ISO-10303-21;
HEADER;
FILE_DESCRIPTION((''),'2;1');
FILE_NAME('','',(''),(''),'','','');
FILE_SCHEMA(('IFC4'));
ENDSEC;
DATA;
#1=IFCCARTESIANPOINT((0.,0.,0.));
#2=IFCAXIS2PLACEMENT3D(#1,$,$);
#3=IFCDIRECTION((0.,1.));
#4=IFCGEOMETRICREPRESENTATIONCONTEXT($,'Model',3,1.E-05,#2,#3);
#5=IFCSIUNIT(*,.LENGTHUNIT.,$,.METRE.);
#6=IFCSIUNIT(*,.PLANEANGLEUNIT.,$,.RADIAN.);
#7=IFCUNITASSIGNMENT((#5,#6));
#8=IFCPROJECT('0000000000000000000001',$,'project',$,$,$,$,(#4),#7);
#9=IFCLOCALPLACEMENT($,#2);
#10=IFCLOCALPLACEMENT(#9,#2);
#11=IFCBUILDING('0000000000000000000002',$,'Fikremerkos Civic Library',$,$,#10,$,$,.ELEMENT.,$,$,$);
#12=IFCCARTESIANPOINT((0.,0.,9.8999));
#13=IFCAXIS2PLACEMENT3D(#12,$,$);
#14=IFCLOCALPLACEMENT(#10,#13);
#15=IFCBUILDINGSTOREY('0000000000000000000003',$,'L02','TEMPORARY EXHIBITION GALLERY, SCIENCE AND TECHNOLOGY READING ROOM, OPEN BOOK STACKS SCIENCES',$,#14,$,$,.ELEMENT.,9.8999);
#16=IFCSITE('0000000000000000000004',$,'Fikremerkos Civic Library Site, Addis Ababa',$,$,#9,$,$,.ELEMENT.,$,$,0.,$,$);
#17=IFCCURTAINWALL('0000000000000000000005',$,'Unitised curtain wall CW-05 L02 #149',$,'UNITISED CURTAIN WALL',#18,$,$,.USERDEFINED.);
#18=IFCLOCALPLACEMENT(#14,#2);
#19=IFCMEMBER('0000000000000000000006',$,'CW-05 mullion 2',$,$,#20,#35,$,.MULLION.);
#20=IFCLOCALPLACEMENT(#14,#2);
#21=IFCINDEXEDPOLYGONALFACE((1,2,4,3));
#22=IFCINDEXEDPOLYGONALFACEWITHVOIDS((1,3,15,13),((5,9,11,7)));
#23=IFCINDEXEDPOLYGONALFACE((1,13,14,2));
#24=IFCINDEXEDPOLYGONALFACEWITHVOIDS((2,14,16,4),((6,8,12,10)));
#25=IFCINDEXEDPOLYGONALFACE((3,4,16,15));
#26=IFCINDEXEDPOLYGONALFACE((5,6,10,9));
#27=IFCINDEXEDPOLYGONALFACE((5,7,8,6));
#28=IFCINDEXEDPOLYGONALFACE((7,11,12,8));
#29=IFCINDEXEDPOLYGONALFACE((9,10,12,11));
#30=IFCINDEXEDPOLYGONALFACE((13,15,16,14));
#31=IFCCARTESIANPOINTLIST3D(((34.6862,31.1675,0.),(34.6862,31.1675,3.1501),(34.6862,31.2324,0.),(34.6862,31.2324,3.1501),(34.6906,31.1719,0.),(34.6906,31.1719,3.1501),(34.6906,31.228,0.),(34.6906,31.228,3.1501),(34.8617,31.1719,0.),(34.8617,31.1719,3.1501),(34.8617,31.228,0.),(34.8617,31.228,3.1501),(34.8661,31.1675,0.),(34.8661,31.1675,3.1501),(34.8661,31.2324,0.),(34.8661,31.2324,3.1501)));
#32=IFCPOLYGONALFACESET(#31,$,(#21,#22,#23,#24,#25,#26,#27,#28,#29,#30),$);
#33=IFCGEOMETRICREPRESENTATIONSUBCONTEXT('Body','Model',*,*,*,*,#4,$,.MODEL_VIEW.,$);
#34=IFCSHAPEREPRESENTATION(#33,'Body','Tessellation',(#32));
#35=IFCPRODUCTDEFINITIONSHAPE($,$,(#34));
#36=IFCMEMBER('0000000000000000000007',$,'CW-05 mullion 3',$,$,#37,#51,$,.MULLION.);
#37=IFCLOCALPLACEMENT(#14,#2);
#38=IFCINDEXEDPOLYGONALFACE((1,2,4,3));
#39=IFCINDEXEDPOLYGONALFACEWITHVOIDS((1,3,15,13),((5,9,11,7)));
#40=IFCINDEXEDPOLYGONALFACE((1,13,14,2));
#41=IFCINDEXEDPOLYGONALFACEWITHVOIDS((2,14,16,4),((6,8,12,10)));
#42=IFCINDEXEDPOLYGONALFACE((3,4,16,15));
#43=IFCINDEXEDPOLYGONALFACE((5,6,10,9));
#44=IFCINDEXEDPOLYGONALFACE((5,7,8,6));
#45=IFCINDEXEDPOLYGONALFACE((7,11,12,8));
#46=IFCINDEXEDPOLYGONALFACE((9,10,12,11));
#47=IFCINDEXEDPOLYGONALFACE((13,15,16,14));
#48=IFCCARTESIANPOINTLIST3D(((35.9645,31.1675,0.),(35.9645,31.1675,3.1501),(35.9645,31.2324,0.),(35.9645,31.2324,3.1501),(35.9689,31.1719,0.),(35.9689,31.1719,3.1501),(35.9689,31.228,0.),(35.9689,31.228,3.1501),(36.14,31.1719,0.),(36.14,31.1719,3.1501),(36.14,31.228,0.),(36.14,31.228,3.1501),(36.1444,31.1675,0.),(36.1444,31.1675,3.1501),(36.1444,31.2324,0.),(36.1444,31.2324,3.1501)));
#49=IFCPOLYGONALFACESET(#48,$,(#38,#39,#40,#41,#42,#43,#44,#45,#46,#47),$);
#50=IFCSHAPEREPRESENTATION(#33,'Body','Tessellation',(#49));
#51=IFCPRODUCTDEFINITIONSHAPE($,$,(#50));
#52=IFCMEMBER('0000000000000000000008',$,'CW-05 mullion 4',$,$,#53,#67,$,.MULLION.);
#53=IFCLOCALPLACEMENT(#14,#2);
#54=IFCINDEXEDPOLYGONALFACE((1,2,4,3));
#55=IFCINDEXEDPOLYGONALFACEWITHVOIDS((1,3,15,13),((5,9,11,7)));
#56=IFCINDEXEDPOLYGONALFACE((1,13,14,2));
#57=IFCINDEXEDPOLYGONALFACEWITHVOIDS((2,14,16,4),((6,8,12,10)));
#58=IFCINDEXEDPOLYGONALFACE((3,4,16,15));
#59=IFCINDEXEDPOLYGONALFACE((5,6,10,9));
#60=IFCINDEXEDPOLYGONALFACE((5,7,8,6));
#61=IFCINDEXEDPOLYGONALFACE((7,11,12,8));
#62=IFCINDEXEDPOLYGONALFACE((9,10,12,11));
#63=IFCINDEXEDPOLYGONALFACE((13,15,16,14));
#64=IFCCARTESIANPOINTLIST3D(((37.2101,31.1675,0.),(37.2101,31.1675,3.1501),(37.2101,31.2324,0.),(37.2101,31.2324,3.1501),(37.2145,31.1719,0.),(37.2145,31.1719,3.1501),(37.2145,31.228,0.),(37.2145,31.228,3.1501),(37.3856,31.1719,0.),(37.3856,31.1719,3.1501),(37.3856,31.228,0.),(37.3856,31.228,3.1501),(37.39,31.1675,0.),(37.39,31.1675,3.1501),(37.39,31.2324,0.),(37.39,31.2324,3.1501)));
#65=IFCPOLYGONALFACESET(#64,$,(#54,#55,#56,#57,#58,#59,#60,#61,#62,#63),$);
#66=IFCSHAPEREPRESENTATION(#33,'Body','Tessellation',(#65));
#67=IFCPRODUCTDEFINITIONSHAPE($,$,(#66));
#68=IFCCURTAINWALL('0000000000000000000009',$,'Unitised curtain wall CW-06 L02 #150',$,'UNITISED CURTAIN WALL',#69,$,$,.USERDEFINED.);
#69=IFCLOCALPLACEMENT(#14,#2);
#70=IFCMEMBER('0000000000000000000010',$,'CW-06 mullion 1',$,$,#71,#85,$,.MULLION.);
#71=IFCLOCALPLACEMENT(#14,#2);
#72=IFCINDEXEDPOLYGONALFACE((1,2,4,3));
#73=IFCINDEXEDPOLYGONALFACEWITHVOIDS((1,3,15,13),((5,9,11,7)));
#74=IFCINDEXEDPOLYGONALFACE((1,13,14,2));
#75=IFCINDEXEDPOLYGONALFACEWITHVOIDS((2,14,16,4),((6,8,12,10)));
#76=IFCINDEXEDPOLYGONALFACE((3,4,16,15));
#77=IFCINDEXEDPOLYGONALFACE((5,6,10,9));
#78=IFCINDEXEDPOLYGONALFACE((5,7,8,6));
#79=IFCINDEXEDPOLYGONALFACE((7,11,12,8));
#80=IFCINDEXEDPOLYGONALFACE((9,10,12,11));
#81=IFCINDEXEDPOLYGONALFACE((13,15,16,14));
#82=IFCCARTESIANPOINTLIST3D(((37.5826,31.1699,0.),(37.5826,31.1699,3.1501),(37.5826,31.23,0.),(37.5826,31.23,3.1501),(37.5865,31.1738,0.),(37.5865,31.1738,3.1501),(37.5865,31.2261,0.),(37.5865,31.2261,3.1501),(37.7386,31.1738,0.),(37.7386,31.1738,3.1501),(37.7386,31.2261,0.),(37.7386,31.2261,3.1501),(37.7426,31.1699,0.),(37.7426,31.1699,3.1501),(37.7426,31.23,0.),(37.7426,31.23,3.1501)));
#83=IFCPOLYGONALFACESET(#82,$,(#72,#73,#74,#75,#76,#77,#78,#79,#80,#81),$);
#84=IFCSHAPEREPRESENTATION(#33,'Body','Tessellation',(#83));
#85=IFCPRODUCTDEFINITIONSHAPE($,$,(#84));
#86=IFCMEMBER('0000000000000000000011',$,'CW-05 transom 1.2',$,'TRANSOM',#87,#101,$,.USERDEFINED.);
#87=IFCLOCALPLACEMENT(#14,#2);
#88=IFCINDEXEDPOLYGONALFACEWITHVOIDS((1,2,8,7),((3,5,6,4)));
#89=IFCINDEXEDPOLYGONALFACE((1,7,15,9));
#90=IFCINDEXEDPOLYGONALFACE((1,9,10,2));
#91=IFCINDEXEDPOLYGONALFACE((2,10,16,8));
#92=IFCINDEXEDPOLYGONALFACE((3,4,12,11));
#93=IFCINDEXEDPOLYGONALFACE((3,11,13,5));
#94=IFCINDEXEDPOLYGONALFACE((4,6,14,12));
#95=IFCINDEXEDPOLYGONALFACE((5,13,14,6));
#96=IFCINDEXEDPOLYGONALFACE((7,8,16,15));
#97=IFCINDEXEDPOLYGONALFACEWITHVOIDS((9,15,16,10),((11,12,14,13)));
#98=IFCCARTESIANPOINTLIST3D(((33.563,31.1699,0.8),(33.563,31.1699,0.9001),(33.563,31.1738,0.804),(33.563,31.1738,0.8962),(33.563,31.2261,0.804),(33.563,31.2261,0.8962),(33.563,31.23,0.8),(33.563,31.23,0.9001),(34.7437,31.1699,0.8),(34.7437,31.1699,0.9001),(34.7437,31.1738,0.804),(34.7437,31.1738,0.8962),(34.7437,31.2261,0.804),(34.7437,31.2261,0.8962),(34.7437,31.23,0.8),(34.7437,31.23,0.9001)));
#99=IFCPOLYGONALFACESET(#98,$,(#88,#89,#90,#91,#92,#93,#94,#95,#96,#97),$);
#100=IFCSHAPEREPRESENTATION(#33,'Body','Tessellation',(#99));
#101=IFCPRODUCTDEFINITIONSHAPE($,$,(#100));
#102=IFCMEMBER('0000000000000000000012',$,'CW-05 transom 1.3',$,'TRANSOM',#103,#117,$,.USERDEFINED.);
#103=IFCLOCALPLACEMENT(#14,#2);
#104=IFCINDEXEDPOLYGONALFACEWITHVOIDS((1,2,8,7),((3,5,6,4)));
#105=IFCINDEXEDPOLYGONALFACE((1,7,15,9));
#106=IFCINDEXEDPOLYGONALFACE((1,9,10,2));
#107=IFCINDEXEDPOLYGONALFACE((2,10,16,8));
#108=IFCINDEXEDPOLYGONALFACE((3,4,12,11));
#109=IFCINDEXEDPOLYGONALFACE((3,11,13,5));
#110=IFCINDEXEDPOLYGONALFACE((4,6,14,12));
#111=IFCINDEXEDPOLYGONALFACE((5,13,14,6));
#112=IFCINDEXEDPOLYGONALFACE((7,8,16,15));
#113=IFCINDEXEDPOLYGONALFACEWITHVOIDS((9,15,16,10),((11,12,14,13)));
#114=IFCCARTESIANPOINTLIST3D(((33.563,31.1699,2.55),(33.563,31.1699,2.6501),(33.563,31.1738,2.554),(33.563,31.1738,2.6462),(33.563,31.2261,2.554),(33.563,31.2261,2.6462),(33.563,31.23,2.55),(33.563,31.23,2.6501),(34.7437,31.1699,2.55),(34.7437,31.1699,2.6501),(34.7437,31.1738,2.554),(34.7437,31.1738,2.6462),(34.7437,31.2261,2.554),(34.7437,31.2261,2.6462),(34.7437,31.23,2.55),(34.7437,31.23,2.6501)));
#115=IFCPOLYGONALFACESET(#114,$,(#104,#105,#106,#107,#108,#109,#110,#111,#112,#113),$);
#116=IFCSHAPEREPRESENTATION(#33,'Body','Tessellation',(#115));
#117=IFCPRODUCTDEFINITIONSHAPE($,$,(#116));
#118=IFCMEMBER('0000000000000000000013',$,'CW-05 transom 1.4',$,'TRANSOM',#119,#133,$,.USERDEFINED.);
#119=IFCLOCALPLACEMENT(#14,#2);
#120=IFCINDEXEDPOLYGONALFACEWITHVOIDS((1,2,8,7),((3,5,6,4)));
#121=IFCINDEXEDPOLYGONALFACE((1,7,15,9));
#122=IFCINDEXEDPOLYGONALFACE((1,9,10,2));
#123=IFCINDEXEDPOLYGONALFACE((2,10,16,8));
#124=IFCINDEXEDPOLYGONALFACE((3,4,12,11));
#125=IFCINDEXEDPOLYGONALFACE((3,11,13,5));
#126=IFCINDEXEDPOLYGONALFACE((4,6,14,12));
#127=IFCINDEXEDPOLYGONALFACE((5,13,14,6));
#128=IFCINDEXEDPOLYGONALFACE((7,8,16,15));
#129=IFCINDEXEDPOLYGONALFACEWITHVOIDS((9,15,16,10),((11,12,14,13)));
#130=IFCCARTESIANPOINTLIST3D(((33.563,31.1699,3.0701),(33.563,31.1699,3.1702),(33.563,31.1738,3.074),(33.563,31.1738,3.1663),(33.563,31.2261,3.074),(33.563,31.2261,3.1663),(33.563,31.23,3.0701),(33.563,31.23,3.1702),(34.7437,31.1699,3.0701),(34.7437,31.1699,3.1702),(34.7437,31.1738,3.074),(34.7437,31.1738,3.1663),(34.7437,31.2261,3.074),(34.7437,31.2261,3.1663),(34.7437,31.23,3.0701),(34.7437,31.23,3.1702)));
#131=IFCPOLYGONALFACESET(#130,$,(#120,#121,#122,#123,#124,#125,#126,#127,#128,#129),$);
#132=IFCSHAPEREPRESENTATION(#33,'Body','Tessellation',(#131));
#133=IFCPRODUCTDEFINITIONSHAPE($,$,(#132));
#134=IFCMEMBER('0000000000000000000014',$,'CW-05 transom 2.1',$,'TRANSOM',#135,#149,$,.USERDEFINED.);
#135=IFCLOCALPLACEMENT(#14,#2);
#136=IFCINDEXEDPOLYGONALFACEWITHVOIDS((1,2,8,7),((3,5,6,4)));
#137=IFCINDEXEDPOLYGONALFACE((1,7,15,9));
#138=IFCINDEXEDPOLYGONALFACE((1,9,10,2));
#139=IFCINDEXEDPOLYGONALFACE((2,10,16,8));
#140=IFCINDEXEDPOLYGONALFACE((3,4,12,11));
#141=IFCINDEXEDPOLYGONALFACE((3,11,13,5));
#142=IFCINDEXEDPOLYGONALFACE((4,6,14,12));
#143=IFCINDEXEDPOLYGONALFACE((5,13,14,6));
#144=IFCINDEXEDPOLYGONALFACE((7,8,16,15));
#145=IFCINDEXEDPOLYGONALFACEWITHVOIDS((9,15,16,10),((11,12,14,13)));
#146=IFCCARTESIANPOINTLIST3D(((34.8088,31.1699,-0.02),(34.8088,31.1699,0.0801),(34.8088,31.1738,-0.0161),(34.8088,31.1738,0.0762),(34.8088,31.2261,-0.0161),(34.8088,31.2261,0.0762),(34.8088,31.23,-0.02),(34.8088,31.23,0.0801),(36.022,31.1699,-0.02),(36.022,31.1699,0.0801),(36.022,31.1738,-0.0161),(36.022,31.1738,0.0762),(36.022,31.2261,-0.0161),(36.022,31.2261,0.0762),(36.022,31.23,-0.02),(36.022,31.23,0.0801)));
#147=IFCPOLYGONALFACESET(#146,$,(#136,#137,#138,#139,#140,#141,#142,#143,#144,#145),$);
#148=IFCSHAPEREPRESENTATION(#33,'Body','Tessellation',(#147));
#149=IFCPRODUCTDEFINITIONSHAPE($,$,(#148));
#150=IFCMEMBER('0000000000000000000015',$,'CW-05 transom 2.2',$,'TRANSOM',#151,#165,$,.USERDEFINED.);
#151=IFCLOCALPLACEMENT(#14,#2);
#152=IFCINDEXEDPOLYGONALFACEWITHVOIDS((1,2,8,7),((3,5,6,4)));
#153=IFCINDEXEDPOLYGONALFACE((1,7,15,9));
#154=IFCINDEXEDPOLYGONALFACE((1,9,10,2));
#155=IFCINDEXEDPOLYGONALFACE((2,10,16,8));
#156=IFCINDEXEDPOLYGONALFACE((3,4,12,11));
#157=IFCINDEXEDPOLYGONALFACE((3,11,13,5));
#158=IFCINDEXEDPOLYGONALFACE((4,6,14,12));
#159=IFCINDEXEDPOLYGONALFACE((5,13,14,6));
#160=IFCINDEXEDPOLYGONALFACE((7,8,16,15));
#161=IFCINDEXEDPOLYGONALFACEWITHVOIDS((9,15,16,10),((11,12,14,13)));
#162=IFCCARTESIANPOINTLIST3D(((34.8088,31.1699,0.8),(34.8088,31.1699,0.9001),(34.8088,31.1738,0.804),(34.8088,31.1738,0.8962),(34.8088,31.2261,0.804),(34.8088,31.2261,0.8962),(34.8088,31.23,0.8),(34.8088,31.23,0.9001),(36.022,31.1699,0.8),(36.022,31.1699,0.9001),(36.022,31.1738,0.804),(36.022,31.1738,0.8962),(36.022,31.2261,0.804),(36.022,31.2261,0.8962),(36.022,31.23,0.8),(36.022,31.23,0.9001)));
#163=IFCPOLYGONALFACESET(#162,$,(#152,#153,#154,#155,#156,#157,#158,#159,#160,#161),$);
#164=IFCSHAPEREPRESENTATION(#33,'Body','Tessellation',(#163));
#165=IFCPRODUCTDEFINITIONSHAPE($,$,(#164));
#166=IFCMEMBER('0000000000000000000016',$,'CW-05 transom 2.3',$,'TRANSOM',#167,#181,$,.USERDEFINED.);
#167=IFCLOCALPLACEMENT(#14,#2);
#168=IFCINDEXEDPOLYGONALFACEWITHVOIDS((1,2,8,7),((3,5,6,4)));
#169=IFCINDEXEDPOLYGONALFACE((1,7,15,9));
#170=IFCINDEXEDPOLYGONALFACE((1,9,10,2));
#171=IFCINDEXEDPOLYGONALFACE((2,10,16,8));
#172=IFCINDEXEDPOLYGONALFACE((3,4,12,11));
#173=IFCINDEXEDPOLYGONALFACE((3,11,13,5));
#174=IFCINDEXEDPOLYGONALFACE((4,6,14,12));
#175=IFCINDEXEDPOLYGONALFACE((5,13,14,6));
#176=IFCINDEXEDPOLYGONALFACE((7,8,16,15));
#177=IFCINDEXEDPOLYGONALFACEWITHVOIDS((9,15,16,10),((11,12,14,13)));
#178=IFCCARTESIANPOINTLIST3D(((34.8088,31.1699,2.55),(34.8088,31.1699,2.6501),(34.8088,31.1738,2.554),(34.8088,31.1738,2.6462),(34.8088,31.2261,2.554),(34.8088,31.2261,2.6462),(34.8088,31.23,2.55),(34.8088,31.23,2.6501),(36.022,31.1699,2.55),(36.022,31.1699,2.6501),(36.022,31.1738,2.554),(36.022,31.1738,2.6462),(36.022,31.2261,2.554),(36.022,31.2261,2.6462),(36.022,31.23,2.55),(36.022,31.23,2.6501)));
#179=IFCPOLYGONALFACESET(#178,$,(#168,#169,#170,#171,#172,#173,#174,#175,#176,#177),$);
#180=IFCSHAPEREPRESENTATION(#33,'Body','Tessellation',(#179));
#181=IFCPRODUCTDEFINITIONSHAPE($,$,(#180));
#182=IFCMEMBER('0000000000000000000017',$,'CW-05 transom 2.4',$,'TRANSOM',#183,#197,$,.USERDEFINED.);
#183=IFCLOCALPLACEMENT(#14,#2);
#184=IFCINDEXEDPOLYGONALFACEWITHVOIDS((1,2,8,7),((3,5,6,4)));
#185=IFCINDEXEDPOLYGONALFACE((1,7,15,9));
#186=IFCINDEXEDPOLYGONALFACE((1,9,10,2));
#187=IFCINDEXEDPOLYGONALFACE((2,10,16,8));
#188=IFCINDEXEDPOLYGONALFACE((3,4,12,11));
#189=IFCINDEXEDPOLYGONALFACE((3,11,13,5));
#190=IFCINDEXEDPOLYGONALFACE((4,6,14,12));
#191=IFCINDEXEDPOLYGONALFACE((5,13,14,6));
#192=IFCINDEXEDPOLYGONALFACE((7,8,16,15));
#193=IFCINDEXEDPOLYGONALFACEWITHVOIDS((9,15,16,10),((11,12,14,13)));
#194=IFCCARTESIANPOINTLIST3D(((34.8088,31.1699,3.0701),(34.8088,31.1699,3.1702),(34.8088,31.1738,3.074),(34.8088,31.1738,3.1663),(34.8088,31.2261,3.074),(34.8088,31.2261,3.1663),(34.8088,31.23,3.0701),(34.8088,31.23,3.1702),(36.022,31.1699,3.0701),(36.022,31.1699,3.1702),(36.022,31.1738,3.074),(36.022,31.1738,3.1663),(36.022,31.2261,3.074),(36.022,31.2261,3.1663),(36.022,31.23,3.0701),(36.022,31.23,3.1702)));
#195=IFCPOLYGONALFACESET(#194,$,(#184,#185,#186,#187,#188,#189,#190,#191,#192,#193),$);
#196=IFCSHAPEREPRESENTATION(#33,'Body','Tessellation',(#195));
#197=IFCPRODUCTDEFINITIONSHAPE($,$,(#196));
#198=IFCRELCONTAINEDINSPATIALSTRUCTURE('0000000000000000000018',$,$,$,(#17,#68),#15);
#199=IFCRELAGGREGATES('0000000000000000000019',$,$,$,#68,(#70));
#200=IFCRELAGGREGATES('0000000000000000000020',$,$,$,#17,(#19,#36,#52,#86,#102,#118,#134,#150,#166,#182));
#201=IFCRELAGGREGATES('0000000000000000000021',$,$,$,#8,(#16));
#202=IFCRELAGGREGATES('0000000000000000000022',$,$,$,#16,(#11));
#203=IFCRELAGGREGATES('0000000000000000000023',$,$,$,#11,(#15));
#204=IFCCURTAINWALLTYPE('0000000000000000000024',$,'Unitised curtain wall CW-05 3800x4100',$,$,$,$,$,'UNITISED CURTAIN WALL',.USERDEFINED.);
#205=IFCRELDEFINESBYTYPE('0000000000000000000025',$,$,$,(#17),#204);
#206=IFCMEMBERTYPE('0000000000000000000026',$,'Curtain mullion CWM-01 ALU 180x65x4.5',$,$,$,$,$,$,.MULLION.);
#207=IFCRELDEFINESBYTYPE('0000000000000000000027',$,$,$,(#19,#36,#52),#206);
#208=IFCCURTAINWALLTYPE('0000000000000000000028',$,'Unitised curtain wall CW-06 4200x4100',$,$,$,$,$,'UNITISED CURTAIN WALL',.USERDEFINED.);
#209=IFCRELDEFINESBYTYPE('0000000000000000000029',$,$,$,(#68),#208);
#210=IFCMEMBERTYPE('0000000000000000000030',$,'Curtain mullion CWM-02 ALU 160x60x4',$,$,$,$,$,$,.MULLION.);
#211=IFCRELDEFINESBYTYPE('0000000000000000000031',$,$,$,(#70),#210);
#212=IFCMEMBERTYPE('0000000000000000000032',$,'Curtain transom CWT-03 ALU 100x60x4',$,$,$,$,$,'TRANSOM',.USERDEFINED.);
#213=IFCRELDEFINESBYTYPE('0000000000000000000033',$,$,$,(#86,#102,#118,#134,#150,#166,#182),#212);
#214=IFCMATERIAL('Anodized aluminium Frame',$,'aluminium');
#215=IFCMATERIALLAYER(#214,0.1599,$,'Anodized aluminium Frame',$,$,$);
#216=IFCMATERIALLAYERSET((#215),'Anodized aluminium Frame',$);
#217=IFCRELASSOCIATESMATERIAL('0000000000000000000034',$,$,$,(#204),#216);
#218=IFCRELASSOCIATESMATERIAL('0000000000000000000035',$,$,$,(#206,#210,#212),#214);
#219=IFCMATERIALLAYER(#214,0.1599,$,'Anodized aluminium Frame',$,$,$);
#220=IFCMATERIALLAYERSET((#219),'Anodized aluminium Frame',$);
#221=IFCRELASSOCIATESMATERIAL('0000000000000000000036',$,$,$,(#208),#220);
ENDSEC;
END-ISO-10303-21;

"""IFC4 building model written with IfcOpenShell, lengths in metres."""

from ifc_helpers import new_model, si_unit, direction, frame, origin, origin_2d, place, context, subcontext, project, spatial, hollow_rectangle, extrude, material, layer, layer_set, material_profile, profile_set, type_object, element, aggregate, save


model = new_model("IFC4")

# Units and contexts
model_context = context("Model", 3, precision=1e-05, world=origin(), true_north=direction((0.0, 1.0)))
body_context = subcontext(model_context, "Body", "Model", "MODEL_VIEW")
ifc_project = project(units=[si_unit("LENGTHUNIT", "METRE"), si_unit("PLANEANGLEUNIT", "RADIAN")], contexts=[model_context])

# Site, building, storey
site_placement = place(None, origin())
site = spatial("IfcSite", under=ifc_project, at=site_placement, Name="Fikremerkos Civic Library Site, Addis Ababa", CompositionType="ELEMENT", RefElevation=0.0)
building_placement = place(site_placement, origin())
building = spatial("IfcBuilding", under=site, at=building_placement, Name="Fikremerkos Civic Library", CompositionType="ELEMENT")
storey_placement = place(building_placement, frame((0.0, 0.0, 9.8999)))
storey = spatial("IfcBuildingStorey", under=building, at=storey_placement, Name="L02", Description="TEMPORARY EXHIBITION GALLERY, SCIENCE AND TECHNOLOGY READING ROOM, OPEN BOOK STACKS SCIENCES", CompositionType="ELEMENT", Elevation=9.8999)

# Curtain wall, members
ifc_material_1 = material(Name="Anodized aluminium Frame", Category="aluminium")
ifc_layer_1 = layer(ifc_material_1, 0.1599, Name="Anodized aluminium Frame")
ifc_layer_set_1 = layer_set([ifc_layer_1], Name="Anodized aluminium Frame")
curtain_wall_type_1 = type_object("IfcCurtainWallType", Name="Unitised curtain wall CW-05 3800x4100", ElementType="UNITISED CURTAIN WALL", PredefinedType="USERDEFINED", material=ifc_layer_set_1)
curtain_wall_1_placement = place(storey_placement, origin())
curtain_wall_1 = element("IfcCurtainWall", 1, at=curtain_wall_1_placement, inside=storey, type_object=curtain_wall_type_1, Name="Unitised curtain wall CW-05 L02 #149", ObjectType="UNITISED CURTAIN WALL", PredefinedType="USERDEFINED")
ifc_material_profile_1 = material_profile(ifc_material_1, hollow_rectangle(XDim=0.0649, YDim=0.1799, WallThickness=0.0044, at=origin_2d()), Name="ALU 180x65x4.5")
ifc_profile_set_1 = profile_set([ifc_material_profile_1], Name="Anodized aluminium Frame")
member_type_1 = type_object("IfcMemberType", Name="Curtain mullion CWM-01 ALU 180x65x4.5", PredefinedType="MULLION", material=ifc_profile_set_1)
member_1_placement = place(storey_placement, frame((34.7761, 31.2, 0.0), z_axis=(0.0, 0.0, 1.0), x_axis=(0.0, 1.0, 0.0)))
member_1 = element("IfcMember", 2, at=member_1_placement, type_object=member_type_1, Name="CW-05 mullion 2", PredefinedType="MULLION", context=body_context, shape_type="SweptSolid", body=[
    extrude(hollow_rectangle(XDim=0.0649, YDim=0.1799, WallThickness=0.0044, at=origin_2d()), origin(), (0.0, 0.0, 1.0), 3.1501),
])
member_2_placement = place(storey_placement, frame((36.0544, 31.2, 0.0), z_axis=(0.0, 0.0, 1.0), x_axis=(0.0, 1.0, 0.0)))
member_2 = element("IfcMember", 3, at=member_2_placement, type_object=member_type_1, Name="CW-05 mullion 3", PredefinedType="MULLION", context=body_context, shape_type="SweptSolid", body=[
    extrude(hollow_rectangle(XDim=0.0649, YDim=0.1799, WallThickness=0.0044, at=origin_2d()), origin(), (0.0, 0.0, 1.0), 3.1501),
])
member_3_placement = place(storey_placement, frame((37.3, 31.2, 0.0), z_axis=(0.0, 0.0, 1.0), x_axis=(0.0, 1.0, 0.0)))
member_3 = element("IfcMember", 4, at=member_3_placement, type_object=member_type_1, Name="CW-05 mullion 4", PredefinedType="MULLION", context=body_context, shape_type="SweptSolid", body=[
    extrude(hollow_rectangle(XDim=0.0649, YDim=0.1799, WallThickness=0.0044, at=origin_2d()), origin(), (0.0, 0.0, 1.0), 3.1501),
])

# Curtain wall, member
ifc_layer_2 = layer(ifc_material_1, 0.1599, Name="Anodized aluminium Frame")
ifc_layer_set_2 = layer_set([ifc_layer_2], Name="Anodized aluminium Frame")
curtain_wall_type_2 = type_object("IfcCurtainWallType", Name="Unitised curtain wall CW-06 4200x4100", ElementType="UNITISED CURTAIN WALL", PredefinedType="USERDEFINED", material=ifc_layer_set_2)
curtain_wall_2_placement = place(storey_placement, origin())
curtain_wall_2 = element("IfcCurtainWall", 5, at=curtain_wall_2_placement, inside=storey, type_object=curtain_wall_type_2, Name="Unitised curtain wall CW-06 L02 #150", ObjectType="UNITISED CURTAIN WALL", PredefinedType="USERDEFINED")
ifc_material_profile_2 = material_profile(ifc_material_1, hollow_rectangle(XDim=0.0601, YDim=0.1599, WallThickness=0.0039, at=origin_2d()), Name="ALU 160x60x4")
ifc_profile_set_2 = profile_set([ifc_material_profile_2], Name="Anodized aluminium Frame")
member_type_2 = type_object("IfcMemberType", Name="Curtain mullion CWM-02 ALU 160x60x4", PredefinedType="MULLION", material=ifc_profile_set_2)
member_4_placement = place(storey_placement, frame((37.6626, 31.2, 0.0), z_axis=(0.0, 0.0, 1.0), x_axis=(0.0, 1.0, 0.0)))
member_4 = element("IfcMember", 6, at=member_4_placement, type_object=member_type_2, Name="CW-06 mullion 1", PredefinedType="MULLION", context=body_context, shape_type="SweptSolid", body=[
    extrude(hollow_rectangle(XDim=0.0601, YDim=0.1599, WallThickness=0.0039, at=origin_2d()), origin(), (0.0, 0.0, 1.0), 3.1501),
])
aggregate(curtain_wall_2, [member_4])

# Members
ifc_material_profile_3 = material_profile(ifc_material_1, hollow_rectangle(XDim=0.0601, YDim=0.1001, WallThickness=0.0039, at=origin_2d()), Name="ALU 100x60x4")
ifc_profile_set_3 = profile_set([ifc_material_profile_3], Name="Anodized aluminium Frame")
member_type_3 = type_object("IfcMemberType", Name="Curtain transom CWT-03 ALU 100x60x4", ElementType="TRANSOM", PredefinedType="USERDEFINED", material=ifc_profile_set_3)
member_5_placement = place(storey_placement, frame((33.563, 31.2, 0.8501), z_axis=(1.0, 0.0, 0.0), x_axis=(0.0, 1.0, 0.0)))
member_5 = element("IfcMember", 7, at=member_5_placement, type_object=member_type_3, Name="CW-05 transom 1.2", ObjectType="TRANSOM", PredefinedType="USERDEFINED", context=body_context, shape_type="SweptSolid", body=[
    extrude(hollow_rectangle(XDim=0.0601, YDim=0.1001, WallThickness=0.0039, at=origin_2d()), origin(), (0.0, 0.0, 1.0), 1.1807),
])
member_6_placement = place(storey_placement, frame((33.563, 31.2, 2.6001), z_axis=(1.0, 0.0, 0.0), x_axis=(0.0, 1.0, 0.0)))
member_6 = element("IfcMember", 8, at=member_6_placement, type_object=member_type_3, Name="CW-05 transom 1.3", ObjectType="TRANSOM", PredefinedType="USERDEFINED", context=body_context, shape_type="SweptSolid", body=[
    extrude(hollow_rectangle(XDim=0.0601, YDim=0.1001, WallThickness=0.0039, at=origin_2d()), origin(), (0.0, 0.0, 1.0), 1.1807),
])
member_7_placement = place(storey_placement, frame((33.563, 31.2, 3.1201), z_axis=(1.0, 0.0, 0.0), x_axis=(0.0, 1.0, 0.0)))
member_7 = element("IfcMember", 9, at=member_7_placement, type_object=member_type_3, Name="CW-05 transom 1.4", ObjectType="TRANSOM", PredefinedType="USERDEFINED", context=body_context, shape_type="SweptSolid", body=[
    extrude(hollow_rectangle(XDim=0.0601, YDim=0.1001, WallThickness=0.0039, at=origin_2d()), origin(), (0.0, 0.0, 1.0), 1.1807),
])
member_8_placement = place(storey_placement, frame((34.8088, 31.2, 0.03), z_axis=(1.0, 0.0, 0.0), x_axis=(0.0, 1.0, 0.0)))
member_8 = element("IfcMember", 10, at=member_8_placement, type_object=member_type_3, Name="CW-05 transom 2.1", ObjectType="TRANSOM", PredefinedType="USERDEFINED", context=body_context, shape_type="SweptSolid", body=[
    extrude(hollow_rectangle(XDim=0.0601, YDim=0.1001, WallThickness=0.0039, at=origin_2d()), origin(), (0.0, 0.0, 1.0), 1.2131),
])
member_9_placement = place(storey_placement, frame((34.8088, 31.2, 0.8501), z_axis=(1.0, 0.0, 0.0), x_axis=(0.0, 1.0, 0.0)))
member_9 = element("IfcMember", 11, at=member_9_placement, type_object=member_type_3, Name="CW-05 transom 2.2", ObjectType="TRANSOM", PredefinedType="USERDEFINED", context=body_context, shape_type="SweptSolid", body=[
    extrude(hollow_rectangle(XDim=0.0601, YDim=0.1001, WallThickness=0.0039, at=origin_2d()), origin(), (0.0, 0.0, 1.0), 1.2131),
])
member_10_placement = place(storey_placement, frame((34.8088, 31.2, 2.6001), z_axis=(1.0, 0.0, 0.0), x_axis=(0.0, 1.0, 0.0)))
member_10 = element("IfcMember", 12, at=member_10_placement, type_object=member_type_3, Name="CW-05 transom 2.3", ObjectType="TRANSOM", PredefinedType="USERDEFINED", context=body_context, shape_type="SweptSolid", body=[
    extrude(hollow_rectangle(XDim=0.0601, YDim=0.1001, WallThickness=0.0039, at=origin_2d()), origin(), (0.0, 0.0, 1.0), 1.2131),
])
member_11_placement = place(storey_placement, frame((34.8088, 31.2, 3.1201), z_axis=(1.0, 0.0, 0.0), x_axis=(0.0, 1.0, 0.0)))
member_11 = element("IfcMember", 13, at=member_11_placement, type_object=member_type_3, Name="CW-05 transom 2.4", ObjectType="TRANSOM", PredefinedType="USERDEFINED", context=body_context, shape_type="SweptSolid", body=[
    extrude(hollow_rectangle(XDim=0.0601, YDim=0.1001, WallThickness=0.0039, at=origin_2d()), origin(), (0.0, 0.0, 1.0), 1.2131),
])

aggregate(curtain_wall_1, [member_1, member_2, member_3, member_5, member_6, member_7, member_8, member_9, member_10, member_11])

save(model, "model.ifc")
